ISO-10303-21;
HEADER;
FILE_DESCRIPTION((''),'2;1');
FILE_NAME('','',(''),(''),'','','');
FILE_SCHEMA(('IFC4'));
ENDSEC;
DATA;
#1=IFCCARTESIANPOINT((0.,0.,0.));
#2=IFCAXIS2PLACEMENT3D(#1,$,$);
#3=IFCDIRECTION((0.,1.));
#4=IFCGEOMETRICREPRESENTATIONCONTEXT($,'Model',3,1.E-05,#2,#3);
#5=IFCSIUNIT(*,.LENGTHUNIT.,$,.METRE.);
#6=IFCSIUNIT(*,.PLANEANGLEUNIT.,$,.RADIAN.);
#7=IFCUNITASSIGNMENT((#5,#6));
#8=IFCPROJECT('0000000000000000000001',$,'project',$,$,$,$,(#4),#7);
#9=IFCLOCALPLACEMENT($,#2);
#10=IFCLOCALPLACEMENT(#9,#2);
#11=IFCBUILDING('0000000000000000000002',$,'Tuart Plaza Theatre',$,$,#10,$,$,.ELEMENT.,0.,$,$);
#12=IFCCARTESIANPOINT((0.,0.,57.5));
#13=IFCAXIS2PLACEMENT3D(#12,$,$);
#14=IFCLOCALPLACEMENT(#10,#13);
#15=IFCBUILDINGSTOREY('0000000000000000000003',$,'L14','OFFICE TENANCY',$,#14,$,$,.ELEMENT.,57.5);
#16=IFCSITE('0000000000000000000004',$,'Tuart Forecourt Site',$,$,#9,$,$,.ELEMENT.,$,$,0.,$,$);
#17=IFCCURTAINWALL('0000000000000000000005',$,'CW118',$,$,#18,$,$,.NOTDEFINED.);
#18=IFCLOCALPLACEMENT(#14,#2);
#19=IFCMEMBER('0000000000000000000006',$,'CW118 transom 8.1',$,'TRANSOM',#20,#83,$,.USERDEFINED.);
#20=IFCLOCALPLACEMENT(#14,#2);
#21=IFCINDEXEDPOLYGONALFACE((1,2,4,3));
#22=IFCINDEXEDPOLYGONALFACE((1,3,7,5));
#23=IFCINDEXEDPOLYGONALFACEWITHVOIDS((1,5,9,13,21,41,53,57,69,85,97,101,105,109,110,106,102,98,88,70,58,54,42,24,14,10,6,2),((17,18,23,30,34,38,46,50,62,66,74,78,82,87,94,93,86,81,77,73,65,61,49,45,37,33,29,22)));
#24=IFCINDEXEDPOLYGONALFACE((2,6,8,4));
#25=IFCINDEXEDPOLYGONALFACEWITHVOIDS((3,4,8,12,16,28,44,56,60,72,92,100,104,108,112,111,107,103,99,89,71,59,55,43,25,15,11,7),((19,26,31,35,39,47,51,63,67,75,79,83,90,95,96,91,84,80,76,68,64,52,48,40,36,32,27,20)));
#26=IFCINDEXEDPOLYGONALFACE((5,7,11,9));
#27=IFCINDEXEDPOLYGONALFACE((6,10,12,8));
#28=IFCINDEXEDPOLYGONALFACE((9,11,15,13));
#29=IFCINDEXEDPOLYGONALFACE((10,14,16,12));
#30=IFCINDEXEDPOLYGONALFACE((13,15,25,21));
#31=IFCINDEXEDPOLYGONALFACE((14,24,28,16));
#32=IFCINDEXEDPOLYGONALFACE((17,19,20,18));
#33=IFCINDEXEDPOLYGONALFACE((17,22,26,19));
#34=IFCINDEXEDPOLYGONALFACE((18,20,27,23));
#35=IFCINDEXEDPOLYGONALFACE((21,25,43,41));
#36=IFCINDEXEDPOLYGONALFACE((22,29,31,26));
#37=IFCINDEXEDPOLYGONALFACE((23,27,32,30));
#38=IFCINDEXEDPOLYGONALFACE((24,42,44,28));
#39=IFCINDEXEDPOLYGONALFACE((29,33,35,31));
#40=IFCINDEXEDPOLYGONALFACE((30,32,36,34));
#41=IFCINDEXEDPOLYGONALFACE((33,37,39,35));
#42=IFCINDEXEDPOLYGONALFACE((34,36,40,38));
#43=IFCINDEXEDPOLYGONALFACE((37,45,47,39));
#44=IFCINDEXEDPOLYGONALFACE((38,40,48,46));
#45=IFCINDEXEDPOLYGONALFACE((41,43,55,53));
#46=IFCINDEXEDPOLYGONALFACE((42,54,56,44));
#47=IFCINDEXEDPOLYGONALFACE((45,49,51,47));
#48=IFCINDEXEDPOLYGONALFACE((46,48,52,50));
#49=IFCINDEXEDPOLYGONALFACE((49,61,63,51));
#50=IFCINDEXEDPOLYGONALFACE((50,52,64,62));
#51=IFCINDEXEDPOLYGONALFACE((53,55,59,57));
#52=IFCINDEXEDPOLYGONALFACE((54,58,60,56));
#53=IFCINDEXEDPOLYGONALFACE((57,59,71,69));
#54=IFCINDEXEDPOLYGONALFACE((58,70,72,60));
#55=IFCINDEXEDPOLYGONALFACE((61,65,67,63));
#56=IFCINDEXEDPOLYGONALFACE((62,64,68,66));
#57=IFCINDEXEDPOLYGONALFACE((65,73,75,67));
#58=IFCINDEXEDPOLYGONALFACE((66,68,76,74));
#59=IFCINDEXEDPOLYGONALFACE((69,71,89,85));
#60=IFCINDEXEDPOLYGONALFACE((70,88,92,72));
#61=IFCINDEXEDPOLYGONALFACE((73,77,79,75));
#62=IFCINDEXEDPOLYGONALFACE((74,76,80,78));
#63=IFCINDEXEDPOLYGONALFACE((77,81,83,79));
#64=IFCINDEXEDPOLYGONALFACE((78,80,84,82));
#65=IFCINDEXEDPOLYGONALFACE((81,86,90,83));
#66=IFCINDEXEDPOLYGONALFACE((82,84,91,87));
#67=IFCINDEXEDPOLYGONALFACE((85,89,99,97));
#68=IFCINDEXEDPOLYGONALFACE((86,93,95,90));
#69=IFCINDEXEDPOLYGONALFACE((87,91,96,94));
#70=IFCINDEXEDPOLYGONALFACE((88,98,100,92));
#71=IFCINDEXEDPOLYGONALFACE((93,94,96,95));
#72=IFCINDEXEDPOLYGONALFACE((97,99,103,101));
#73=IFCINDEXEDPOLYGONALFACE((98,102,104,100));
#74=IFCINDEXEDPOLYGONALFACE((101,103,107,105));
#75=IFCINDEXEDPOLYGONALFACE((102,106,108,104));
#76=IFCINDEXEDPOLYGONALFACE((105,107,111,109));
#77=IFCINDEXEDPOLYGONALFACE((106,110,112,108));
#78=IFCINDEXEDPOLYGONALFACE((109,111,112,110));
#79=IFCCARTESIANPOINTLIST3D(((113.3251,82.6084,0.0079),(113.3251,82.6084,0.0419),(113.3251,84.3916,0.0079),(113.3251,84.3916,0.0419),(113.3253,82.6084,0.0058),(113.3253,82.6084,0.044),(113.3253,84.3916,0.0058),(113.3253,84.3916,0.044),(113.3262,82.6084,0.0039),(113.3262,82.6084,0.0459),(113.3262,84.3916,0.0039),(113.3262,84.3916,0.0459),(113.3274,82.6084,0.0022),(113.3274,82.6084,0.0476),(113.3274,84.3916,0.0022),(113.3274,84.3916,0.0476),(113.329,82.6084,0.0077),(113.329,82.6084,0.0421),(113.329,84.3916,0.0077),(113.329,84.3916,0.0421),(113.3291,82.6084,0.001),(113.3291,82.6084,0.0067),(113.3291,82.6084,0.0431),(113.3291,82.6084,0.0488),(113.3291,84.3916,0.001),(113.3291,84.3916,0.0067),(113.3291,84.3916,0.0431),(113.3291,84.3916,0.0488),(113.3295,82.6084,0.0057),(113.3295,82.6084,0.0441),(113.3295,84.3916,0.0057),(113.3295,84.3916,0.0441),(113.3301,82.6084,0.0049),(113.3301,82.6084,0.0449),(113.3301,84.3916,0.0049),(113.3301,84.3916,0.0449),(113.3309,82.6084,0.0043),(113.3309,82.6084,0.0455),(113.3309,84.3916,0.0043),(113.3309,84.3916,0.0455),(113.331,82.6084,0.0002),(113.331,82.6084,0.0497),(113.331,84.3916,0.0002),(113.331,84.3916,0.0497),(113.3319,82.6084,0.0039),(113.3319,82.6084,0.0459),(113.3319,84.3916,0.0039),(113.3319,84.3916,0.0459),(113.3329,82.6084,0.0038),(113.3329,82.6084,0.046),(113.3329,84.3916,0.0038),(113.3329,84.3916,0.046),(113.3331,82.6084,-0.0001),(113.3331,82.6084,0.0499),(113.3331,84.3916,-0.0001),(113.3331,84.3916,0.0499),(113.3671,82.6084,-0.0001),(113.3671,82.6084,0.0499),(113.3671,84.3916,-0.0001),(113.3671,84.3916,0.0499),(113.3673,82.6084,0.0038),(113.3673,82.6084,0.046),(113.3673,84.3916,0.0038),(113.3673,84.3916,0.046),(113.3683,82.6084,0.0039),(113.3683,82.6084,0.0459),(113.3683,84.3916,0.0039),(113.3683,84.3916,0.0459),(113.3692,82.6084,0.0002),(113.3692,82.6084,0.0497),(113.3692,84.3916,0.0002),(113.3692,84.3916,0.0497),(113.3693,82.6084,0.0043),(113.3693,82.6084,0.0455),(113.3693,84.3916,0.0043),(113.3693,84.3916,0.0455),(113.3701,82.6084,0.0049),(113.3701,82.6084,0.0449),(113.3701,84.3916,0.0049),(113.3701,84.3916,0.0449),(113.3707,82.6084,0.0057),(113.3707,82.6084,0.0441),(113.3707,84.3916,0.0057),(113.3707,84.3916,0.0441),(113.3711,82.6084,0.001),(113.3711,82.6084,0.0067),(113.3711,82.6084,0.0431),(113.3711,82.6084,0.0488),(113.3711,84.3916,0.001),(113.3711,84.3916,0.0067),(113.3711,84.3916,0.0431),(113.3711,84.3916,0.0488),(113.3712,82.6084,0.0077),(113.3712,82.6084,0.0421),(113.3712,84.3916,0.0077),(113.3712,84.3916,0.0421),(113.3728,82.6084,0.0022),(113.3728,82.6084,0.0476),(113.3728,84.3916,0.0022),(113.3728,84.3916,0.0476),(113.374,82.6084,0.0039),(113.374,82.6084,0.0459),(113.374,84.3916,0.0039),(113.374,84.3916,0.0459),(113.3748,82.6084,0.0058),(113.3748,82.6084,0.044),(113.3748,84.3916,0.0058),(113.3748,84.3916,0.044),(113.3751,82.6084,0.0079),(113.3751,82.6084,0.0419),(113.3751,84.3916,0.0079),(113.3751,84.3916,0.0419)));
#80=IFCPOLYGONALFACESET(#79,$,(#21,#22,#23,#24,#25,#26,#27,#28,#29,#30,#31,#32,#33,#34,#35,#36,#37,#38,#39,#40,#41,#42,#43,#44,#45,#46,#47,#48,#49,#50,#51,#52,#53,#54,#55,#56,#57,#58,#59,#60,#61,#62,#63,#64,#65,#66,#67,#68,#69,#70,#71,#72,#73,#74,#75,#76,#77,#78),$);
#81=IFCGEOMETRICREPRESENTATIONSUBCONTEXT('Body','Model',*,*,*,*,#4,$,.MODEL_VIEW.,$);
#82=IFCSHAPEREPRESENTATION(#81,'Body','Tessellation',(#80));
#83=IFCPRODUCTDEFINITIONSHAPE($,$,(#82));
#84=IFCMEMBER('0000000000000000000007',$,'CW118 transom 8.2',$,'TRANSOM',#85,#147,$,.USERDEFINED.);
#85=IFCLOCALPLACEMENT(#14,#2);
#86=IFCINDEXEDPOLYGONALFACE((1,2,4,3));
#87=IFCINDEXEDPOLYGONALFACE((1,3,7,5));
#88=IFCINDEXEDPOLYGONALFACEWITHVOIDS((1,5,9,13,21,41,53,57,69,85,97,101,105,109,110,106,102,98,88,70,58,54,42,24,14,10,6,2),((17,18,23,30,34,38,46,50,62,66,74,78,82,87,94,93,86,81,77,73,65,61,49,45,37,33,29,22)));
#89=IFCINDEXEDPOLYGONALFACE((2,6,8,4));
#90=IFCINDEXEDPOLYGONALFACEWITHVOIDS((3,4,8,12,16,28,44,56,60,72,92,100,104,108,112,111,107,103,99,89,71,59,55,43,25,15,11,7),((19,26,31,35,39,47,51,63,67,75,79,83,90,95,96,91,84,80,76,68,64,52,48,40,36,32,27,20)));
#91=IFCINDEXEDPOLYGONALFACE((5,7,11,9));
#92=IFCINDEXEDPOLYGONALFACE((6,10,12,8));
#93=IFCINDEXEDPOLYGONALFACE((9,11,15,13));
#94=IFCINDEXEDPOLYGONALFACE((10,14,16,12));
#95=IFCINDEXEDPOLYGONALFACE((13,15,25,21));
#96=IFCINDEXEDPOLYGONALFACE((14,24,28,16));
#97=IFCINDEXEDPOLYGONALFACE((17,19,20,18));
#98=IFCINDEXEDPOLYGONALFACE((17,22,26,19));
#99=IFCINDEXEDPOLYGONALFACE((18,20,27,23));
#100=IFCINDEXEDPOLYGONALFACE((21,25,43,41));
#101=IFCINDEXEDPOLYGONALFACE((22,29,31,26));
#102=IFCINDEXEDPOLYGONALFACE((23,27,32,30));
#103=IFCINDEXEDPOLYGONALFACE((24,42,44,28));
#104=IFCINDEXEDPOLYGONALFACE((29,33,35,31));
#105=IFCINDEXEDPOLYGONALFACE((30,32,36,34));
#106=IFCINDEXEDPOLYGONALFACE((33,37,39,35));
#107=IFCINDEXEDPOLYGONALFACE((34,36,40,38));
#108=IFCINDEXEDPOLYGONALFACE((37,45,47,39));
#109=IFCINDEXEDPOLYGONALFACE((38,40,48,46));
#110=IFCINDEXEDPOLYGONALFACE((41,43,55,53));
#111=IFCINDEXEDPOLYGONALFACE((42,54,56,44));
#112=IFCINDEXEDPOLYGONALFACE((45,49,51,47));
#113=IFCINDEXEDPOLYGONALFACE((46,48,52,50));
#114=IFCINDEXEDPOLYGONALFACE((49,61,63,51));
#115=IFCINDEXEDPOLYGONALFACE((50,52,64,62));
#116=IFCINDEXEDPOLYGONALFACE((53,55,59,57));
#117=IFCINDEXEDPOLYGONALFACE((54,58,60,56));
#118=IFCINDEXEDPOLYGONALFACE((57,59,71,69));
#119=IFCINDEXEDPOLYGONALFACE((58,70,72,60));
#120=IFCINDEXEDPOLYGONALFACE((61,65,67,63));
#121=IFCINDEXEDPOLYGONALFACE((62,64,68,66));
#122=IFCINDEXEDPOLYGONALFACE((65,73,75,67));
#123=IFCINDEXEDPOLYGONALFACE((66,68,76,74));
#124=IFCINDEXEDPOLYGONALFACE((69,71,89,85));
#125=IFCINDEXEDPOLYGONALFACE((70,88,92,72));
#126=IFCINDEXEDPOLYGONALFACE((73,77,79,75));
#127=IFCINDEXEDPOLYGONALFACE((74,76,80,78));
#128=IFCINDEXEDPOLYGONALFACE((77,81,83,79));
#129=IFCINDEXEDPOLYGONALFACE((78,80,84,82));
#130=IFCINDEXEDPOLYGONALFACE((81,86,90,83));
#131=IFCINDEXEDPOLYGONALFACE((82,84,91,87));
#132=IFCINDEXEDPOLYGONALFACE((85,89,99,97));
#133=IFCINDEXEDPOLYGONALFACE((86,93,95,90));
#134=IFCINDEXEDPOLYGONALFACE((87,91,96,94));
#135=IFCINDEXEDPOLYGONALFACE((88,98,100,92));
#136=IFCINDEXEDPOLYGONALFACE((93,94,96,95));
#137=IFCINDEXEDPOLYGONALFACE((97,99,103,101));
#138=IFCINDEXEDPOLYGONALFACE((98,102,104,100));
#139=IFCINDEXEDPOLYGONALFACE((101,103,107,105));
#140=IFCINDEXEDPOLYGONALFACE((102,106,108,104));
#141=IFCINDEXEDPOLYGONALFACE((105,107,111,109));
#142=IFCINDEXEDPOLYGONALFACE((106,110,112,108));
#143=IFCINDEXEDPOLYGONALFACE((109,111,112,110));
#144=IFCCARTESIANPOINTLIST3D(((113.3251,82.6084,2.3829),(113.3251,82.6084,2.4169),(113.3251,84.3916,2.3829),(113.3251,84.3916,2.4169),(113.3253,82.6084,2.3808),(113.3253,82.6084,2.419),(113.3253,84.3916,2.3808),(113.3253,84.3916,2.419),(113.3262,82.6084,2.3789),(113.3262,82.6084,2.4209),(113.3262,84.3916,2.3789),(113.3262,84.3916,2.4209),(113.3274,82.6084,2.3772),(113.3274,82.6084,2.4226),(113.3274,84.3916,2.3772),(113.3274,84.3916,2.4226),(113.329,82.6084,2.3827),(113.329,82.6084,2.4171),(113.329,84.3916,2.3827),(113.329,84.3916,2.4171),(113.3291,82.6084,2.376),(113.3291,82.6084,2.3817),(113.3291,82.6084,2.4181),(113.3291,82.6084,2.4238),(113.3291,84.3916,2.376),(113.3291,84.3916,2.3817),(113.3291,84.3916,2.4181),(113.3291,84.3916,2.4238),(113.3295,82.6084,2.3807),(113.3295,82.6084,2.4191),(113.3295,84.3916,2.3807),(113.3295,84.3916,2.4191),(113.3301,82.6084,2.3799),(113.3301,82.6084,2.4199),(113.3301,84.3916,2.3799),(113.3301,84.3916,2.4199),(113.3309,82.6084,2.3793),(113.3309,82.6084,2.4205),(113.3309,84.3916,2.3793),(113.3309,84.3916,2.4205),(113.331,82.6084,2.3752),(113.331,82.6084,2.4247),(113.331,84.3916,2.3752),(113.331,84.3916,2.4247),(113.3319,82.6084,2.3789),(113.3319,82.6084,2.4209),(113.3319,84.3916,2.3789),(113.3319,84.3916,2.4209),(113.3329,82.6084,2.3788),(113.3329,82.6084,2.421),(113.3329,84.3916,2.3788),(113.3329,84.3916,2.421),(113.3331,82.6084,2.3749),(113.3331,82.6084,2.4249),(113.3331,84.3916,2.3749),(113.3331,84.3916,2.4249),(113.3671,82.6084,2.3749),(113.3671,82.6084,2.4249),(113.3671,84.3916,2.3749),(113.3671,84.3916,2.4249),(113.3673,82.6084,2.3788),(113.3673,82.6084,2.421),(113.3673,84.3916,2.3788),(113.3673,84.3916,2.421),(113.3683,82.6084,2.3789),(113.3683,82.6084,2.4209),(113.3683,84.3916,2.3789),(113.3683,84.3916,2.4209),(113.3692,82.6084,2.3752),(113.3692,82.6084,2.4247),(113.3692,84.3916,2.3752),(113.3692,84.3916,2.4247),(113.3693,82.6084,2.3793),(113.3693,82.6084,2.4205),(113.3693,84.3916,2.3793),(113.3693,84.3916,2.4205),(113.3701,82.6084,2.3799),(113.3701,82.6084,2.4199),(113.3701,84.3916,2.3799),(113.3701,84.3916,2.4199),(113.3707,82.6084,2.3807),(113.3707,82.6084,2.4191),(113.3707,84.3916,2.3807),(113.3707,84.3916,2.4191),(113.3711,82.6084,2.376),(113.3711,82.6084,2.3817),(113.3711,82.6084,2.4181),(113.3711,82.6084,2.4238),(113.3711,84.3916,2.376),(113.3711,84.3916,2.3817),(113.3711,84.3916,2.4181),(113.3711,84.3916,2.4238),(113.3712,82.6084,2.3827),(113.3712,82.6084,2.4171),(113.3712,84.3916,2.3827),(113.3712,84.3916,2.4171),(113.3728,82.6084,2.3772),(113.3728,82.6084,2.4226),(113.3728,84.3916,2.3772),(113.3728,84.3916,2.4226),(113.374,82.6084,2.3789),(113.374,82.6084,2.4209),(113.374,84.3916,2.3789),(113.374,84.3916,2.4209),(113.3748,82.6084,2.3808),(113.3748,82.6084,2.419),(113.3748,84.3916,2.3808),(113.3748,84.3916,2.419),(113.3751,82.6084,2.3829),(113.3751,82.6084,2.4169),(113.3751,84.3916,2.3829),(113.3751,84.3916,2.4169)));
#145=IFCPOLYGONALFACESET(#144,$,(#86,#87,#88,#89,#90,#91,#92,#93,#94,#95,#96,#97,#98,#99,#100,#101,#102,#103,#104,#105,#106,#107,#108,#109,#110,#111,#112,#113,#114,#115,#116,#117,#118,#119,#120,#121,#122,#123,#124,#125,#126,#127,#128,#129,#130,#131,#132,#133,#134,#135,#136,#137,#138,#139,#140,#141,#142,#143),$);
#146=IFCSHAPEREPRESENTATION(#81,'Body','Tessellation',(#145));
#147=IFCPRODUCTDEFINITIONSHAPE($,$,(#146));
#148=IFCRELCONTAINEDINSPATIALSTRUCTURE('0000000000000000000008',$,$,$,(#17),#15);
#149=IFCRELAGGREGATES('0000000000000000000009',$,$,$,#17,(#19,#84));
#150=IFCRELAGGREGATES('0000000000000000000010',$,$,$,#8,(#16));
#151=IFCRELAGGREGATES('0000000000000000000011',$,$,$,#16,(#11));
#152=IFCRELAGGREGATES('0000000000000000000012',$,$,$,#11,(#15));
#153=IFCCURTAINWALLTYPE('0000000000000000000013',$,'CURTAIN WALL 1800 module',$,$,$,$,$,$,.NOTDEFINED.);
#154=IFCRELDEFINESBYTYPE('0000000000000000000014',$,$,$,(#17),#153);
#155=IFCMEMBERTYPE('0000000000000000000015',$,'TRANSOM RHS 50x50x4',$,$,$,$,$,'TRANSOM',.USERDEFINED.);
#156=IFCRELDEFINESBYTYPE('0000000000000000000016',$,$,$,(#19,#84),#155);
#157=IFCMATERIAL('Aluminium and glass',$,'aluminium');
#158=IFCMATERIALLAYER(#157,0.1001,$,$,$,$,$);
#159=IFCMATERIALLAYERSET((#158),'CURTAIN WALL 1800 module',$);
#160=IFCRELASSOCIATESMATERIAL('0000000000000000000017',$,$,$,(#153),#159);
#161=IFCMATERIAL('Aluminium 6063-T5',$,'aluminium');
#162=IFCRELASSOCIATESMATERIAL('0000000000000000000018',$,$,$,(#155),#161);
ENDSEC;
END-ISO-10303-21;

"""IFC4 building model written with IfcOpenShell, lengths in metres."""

from ifc_helpers import new_model, si_unit, direction, frame, origin, origin_2d, place, context, subcontext, project, spatial, hollow_rectangle, extrude, material, layer, layer_set, material_profile, profile_set, type_object, element, aggregate, save


model = new_model("IFC4")

# Units and contexts
model_context = context("Model", 3, precision=1e-05, world=origin(), true_north=direction((0.0, 1.0)))
body_context = subcontext(model_context, "Body", "Model", "MODEL_VIEW")
ifc_project = project(units=[si_unit("LENGTHUNIT", "METRE"), si_unit("PLANEANGLEUNIT", "RADIAN")], contexts=[model_context])

# Site, building, storey
site_placement = place(None, origin())
site = spatial("IfcSite", under=ifc_project, at=site_placement, Name="Tuart Forecourt Site", CompositionType="ELEMENT", RefElevation=0.0)
building_placement = place(site_placement, origin())
building = spatial("IfcBuilding", under=site, at=building_placement, Name="Tuart Plaza Theatre", CompositionType="ELEMENT", ElevationOfRefHeight=0.0)
storey_placement = place(building_placement, frame((0.0, 0.0, 57.5)))
storey = spatial("IfcBuildingStorey", under=building, at=storey_placement, Name="L14", Description="OFFICE TENANCY", CompositionType="ELEMENT", Elevation=57.5)

# Curtain wall, members
ifc_material_1 = material(Name="Aluminium and glass", Category="aluminium")
ifc_layer_1 = layer(ifc_material_1, 0.1001)
ifc_layer_set_1 = layer_set([ifc_layer_1], Name="CURTAIN WALL 1800 module")
curtain_wall_type = type_object("IfcCurtainWallType", Name="CURTAIN WALL 1800 module", PredefinedType="NOTDEFINED", material=ifc_layer_set_1)
curtain_wall_placement = place(storey_placement, origin())
curtain_wall = element("IfcCurtainWall", 1, at=curtain_wall_placement, inside=storey, type_object=curtain_wall_type, Name="CW118", PredefinedType="NOTDEFINED")
ifc_material_2 = material(Name="Aluminium 6063-T5", Category="aluminium")
ifc_material_profile = material_profile(ifc_material_2, hollow_rectangle(XDim=0.05, YDim=0.05, WallThickness=0.0039, InnerFilletRadius=0.0039, OuterFilletRadius=0.0081, at=origin_2d()), Name="RHS 50x50x4")
ifc_profile_set = profile_set([ifc_material_profile], Name="Aluminium 6063-T5")
member_type = type_object("IfcMemberType", Name="TRANSOM RHS 50x50x4", ElementType="TRANSOM", PredefinedType="USERDEFINED", material=ifc_profile_set)
member_1_placement = place(storey_placement, frame((113.3501, 84.3916, 0.0249), z_axis=(0.0, -1.0, 0.0), x_axis=(1.0, 0.0, 0.0)))
member_1 = element("IfcMember", 2, at=member_1_placement, type_object=member_type, Name="CW118 transom 8.1", ObjectType="TRANSOM", PredefinedType="USERDEFINED", context=body_context, shape_type="SweptSolid", body=[
    extrude(hollow_rectangle(XDim=0.05, YDim=0.05, WallThickness=0.0039, InnerFilletRadius=0.0039, OuterFilletRadius=0.0081, at=origin_2d()), origin(), (0.0, 0.0, 1.0), 1.7832),
])
member_2_placement = place(storey_placement, frame((113.3501, 84.3916, 2.3999), z_axis=(0.0, -1.0, 0.0), x_axis=(1.0, 0.0, 0.0)))
member_2 = element("IfcMember", 3, at=member_2_placement, type_object=member_type, Name="CW118 transom 8.2", ObjectType="TRANSOM", PredefinedType="USERDEFINED", context=body_context, shape_type="SweptSolid", body=[
    extrude(hollow_rectangle(XDim=0.05, YDim=0.05, WallThickness=0.0039, InnerFilletRadius=0.0039, OuterFilletRadius=0.0081, at=origin_2d()), origin(), (0.0, 0.0, 1.0), 1.7832),
])
aggregate(curtain_wall, [member_1, member_2])

save(model, "model.ifc")
